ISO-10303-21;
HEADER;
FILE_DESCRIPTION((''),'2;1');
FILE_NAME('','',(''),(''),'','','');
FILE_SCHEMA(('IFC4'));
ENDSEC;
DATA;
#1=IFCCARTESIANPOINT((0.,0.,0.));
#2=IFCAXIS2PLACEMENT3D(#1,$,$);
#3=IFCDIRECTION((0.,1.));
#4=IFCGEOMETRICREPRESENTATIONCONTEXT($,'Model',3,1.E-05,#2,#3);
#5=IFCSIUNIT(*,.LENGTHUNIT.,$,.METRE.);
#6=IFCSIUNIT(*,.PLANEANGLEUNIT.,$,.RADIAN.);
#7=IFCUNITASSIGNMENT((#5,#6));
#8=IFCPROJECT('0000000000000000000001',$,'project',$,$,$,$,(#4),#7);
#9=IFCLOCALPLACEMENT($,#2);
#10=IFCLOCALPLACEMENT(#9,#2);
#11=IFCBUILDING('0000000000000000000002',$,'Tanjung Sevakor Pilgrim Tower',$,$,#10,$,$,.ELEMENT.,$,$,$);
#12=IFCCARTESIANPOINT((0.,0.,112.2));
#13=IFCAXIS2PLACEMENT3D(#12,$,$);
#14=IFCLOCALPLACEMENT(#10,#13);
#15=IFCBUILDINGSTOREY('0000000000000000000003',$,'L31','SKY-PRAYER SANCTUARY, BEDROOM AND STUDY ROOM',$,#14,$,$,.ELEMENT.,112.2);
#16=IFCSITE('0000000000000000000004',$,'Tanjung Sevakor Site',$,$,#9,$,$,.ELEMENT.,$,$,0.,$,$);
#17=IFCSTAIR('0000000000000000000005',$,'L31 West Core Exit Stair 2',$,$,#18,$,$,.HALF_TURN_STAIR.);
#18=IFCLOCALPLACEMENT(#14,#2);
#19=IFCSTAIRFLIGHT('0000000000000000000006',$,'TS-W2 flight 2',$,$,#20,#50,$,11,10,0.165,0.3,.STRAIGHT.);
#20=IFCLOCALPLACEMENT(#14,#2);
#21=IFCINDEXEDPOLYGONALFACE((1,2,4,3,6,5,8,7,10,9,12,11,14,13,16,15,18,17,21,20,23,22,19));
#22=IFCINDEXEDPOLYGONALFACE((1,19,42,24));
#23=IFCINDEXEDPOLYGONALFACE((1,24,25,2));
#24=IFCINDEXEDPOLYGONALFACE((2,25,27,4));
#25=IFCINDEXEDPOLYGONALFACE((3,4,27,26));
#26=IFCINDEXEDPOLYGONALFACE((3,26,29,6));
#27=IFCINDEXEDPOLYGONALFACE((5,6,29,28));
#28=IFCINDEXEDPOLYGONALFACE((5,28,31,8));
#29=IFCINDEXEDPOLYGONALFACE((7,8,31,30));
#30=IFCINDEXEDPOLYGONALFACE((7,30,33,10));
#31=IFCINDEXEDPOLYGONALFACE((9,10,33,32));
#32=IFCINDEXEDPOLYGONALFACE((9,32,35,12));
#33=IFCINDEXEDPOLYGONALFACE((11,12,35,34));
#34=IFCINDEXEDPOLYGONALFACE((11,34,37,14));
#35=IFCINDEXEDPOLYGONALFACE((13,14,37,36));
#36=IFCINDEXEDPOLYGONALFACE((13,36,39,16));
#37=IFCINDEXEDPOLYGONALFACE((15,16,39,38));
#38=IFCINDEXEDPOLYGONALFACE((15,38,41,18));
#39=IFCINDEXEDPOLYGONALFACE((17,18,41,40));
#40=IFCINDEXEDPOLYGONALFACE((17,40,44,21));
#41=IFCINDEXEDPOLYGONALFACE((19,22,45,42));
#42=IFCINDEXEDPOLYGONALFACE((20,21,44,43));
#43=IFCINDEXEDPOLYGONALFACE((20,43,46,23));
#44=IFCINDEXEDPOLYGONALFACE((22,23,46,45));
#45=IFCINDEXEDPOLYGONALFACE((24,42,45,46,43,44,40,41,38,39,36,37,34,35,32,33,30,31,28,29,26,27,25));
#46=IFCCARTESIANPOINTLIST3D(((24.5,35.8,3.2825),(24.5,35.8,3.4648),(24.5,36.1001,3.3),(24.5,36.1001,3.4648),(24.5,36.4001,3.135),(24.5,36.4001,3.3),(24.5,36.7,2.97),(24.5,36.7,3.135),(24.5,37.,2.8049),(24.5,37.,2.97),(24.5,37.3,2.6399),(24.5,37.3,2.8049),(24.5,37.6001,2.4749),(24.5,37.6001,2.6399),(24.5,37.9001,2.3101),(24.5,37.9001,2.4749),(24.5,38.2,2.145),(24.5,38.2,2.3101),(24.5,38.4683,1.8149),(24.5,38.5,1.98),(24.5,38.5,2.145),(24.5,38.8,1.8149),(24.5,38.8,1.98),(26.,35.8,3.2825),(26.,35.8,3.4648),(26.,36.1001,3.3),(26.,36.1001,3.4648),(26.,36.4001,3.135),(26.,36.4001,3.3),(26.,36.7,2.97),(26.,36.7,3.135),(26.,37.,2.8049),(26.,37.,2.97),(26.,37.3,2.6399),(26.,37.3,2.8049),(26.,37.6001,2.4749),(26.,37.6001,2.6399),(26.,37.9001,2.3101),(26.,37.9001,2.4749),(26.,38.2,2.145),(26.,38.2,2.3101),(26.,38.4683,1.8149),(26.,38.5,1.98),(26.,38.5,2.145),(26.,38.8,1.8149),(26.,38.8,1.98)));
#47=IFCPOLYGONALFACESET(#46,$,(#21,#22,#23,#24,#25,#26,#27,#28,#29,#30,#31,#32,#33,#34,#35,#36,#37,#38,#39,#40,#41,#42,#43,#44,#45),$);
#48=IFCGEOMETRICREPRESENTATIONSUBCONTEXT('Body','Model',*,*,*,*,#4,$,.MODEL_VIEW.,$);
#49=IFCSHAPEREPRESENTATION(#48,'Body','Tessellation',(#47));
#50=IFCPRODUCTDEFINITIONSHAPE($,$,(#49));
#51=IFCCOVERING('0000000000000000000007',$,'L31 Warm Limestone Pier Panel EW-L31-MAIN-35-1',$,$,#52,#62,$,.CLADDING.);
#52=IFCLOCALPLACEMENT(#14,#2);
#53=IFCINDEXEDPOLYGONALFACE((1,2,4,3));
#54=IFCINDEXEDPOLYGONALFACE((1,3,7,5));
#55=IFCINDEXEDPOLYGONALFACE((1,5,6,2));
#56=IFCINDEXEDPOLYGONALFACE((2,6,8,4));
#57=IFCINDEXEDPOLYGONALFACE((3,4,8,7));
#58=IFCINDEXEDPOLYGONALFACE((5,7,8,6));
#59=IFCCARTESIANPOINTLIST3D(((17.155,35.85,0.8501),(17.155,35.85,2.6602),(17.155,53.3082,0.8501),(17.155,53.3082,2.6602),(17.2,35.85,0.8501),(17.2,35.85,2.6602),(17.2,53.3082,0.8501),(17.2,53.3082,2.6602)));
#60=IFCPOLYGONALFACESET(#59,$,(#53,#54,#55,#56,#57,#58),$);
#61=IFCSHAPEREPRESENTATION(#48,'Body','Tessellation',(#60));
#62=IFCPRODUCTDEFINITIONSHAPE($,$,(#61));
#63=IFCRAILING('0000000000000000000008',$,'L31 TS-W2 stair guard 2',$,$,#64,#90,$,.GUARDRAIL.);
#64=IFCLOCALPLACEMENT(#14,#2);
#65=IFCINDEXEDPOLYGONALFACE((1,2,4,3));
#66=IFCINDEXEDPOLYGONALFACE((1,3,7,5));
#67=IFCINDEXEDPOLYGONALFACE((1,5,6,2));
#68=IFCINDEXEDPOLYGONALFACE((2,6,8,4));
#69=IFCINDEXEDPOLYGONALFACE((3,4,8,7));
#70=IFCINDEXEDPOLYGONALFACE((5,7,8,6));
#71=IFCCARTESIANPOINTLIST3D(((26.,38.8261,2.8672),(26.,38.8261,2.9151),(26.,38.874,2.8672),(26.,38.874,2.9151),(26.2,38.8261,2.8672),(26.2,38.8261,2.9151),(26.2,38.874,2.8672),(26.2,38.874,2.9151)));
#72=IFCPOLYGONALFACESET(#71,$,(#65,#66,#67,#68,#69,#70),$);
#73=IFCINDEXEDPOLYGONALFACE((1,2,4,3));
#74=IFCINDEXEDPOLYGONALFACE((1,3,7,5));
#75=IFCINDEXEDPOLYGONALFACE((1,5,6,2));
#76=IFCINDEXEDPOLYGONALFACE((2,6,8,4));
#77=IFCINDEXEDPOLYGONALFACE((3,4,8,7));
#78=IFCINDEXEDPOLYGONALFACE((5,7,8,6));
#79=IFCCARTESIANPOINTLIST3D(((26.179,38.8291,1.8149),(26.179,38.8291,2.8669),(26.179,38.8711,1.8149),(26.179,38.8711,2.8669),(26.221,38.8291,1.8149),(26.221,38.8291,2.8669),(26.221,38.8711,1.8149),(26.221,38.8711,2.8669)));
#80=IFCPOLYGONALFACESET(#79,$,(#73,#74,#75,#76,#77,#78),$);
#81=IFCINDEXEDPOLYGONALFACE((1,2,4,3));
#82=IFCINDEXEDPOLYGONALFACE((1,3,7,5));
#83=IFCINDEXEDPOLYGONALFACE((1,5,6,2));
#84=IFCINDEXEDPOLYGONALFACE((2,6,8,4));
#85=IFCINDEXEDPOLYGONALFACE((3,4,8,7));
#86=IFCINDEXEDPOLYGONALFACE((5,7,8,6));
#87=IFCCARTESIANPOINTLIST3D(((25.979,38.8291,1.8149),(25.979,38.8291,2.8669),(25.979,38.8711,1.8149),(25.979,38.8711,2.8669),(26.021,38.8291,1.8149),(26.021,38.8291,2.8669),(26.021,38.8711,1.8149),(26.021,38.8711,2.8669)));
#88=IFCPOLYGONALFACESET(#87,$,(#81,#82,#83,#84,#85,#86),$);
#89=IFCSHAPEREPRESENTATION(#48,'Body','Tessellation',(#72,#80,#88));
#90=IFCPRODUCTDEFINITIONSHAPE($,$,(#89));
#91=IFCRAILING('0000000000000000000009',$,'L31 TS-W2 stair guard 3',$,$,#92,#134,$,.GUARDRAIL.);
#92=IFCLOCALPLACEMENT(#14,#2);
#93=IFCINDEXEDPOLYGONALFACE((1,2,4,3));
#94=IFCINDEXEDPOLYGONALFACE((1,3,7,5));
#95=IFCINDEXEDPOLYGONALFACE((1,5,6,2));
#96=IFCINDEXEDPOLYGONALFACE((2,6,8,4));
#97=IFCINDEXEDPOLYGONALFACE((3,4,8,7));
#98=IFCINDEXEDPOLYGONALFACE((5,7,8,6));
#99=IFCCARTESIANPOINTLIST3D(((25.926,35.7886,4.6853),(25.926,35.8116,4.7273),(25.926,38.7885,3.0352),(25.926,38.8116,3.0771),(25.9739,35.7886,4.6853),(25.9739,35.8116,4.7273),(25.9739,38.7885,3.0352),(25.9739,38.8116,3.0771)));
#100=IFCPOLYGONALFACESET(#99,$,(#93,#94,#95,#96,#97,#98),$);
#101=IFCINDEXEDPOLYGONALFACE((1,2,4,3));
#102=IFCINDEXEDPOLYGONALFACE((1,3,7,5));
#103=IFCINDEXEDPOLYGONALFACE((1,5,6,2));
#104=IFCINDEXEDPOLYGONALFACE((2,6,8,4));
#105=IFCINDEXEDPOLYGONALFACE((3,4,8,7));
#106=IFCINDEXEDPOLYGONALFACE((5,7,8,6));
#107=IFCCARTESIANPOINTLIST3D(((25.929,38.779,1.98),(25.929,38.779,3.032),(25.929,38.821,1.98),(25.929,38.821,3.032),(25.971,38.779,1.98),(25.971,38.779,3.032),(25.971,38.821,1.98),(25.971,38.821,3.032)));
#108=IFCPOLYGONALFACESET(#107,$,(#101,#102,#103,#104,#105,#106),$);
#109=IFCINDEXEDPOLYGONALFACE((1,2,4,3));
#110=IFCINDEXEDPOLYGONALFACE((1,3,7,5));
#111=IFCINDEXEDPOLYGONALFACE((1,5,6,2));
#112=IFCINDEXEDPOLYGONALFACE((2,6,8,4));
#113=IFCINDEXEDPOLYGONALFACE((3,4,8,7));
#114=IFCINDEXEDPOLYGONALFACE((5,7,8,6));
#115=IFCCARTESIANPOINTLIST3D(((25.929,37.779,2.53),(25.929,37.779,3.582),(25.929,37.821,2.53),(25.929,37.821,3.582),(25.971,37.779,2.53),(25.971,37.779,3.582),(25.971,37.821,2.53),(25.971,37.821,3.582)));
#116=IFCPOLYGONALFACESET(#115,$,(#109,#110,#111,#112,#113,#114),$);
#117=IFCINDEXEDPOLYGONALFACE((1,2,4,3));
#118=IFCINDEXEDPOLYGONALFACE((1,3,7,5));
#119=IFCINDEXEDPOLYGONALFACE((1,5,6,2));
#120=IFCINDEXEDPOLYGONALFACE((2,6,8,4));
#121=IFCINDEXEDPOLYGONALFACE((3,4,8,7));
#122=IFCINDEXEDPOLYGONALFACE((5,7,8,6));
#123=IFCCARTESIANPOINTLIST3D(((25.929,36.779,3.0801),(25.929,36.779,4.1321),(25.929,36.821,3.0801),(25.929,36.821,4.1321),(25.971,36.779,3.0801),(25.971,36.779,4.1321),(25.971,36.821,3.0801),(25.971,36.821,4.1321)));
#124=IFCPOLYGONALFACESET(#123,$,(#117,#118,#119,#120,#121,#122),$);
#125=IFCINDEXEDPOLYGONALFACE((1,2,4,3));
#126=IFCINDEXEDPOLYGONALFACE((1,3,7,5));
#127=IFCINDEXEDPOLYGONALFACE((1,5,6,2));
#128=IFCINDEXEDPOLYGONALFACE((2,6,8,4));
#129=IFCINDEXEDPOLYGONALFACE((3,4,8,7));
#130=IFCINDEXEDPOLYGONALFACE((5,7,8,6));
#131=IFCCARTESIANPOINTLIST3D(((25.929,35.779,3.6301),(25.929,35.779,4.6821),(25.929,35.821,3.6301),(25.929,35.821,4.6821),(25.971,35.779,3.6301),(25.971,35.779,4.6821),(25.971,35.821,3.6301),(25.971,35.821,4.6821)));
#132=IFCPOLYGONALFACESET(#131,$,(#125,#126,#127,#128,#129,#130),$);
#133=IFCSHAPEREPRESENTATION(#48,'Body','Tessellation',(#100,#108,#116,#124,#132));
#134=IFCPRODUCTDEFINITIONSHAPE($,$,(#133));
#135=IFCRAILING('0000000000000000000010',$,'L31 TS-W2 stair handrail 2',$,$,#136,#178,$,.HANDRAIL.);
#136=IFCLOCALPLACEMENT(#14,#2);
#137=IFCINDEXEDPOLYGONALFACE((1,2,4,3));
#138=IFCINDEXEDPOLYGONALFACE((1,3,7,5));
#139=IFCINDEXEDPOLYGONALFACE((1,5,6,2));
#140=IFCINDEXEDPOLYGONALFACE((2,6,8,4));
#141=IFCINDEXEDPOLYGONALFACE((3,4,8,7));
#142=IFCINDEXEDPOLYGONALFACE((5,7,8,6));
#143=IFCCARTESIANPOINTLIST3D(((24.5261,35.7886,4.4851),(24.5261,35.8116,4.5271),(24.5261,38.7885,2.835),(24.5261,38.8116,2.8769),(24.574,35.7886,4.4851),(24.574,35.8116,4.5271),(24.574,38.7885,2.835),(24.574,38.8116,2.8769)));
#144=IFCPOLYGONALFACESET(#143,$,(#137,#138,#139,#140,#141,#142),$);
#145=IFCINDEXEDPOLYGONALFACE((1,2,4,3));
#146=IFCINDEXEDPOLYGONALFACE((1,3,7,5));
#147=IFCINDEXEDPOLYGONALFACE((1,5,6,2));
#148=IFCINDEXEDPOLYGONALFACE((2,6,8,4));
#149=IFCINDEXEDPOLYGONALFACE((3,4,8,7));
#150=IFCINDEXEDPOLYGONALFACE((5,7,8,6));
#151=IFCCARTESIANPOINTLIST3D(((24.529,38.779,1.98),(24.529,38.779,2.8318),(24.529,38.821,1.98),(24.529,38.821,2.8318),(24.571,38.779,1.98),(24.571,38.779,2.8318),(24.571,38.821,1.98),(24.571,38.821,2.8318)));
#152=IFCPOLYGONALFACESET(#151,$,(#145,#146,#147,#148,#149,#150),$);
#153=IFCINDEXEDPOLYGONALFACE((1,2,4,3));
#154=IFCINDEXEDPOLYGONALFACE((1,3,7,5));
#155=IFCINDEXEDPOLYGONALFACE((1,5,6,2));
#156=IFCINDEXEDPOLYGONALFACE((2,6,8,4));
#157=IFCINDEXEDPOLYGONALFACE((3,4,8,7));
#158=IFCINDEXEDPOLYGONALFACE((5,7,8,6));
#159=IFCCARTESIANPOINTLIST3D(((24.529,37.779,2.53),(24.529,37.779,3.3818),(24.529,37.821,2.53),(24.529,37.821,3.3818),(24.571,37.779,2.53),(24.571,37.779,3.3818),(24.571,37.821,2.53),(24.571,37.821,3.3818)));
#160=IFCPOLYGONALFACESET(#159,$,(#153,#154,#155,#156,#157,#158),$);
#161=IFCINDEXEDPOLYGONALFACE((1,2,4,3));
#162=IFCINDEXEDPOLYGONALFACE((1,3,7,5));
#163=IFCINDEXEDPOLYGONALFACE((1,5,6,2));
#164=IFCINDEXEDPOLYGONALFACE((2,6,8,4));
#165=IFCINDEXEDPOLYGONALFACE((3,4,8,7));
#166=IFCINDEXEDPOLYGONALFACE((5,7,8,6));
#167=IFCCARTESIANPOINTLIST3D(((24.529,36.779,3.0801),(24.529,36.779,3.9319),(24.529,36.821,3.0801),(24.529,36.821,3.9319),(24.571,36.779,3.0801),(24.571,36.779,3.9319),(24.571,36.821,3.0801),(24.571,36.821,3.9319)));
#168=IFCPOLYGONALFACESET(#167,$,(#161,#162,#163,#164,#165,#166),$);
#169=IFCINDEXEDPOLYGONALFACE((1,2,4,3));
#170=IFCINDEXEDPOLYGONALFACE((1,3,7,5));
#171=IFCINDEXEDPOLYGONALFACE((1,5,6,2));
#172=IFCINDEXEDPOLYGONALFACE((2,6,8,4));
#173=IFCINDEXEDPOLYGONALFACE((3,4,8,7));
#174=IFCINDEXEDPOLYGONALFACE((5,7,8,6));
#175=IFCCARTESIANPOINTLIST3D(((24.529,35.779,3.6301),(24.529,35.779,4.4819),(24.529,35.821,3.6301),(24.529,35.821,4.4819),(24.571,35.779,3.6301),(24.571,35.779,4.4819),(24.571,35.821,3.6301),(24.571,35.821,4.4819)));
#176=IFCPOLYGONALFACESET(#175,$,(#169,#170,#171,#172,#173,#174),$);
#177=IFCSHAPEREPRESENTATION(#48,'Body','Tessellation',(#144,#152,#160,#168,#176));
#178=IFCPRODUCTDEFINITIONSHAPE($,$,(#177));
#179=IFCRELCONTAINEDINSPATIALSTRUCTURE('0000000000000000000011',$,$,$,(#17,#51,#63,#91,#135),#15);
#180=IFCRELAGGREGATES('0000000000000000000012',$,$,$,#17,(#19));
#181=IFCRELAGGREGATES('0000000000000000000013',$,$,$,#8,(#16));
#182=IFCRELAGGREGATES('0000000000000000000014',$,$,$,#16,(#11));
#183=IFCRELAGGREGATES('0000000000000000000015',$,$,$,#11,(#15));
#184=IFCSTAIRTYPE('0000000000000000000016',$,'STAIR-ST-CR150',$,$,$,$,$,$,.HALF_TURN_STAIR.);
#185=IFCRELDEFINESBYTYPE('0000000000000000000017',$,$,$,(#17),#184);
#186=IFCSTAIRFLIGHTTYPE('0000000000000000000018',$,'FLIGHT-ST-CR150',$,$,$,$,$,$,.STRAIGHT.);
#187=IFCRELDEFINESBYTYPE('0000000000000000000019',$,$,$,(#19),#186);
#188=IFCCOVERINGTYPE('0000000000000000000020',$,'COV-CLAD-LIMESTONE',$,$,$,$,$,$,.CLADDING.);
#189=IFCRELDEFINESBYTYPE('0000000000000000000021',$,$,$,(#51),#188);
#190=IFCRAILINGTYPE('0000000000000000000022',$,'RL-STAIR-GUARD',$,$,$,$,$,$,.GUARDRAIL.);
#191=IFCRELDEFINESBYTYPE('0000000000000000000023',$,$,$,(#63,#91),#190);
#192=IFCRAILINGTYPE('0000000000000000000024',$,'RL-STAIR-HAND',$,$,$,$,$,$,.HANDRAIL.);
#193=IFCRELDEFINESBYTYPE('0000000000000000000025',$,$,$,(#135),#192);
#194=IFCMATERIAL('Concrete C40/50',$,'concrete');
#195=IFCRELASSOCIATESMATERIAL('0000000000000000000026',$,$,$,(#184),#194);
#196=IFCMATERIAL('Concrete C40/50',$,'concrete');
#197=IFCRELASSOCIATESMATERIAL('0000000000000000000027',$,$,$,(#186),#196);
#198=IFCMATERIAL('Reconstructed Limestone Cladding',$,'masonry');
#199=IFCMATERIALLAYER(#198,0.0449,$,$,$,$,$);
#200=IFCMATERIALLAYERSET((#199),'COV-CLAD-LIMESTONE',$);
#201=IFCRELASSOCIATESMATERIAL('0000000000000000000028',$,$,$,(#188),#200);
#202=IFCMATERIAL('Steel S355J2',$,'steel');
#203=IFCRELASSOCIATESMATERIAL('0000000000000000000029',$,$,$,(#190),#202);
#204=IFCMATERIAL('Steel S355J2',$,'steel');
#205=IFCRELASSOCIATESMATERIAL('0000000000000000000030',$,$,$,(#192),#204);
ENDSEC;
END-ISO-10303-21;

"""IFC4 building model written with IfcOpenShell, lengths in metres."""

from ifc_helpers import new_model, si_unit, direction, frame, origin, origin_2d, place, context, subcontext, project, spatial, polyline, rectangle, outline, extrude, material, layer, layer_set, type_object, element, aggregate, save


model = new_model("IFC4")

# Units and contexts
model_context = context("Model", 3, precision=1e-05, world=origin(), true_north=direction((0.0, 1.0)))
body_context = subcontext(model_context, "Body", "Model", "MODEL_VIEW")
ifc_project = project(units=[si_unit("LENGTHUNIT", "METRE"), si_unit("PLANEANGLEUNIT", "RADIAN")], contexts=[model_context])

# Site, building, storey
site_placement = place(None, origin())
site = spatial("IfcSite", under=ifc_project, at=site_placement, Name="Tanjung Sevakor Site", CompositionType="ELEMENT", RefElevation=0.0)
building_placement = place(site_placement, origin())
building = spatial("IfcBuilding", under=site, at=building_placement, Name="Tanjung Sevakor Pilgrim Tower", CompositionType="ELEMENT")
storey_placement = place(building_placement, frame((0.0, 0.0, 112.2)))
storey = spatial("IfcBuildingStorey", under=building, at=storey_placement, Name="L31", Description="SKY-PRAYER SANCTUARY, BEDROOM AND STUDY ROOM", CompositionType="ELEMENT", Elevation=112.2)

# Stair, stair flight
ifc_material_1 = material(Name="Concrete C40/50", Category="concrete")
stair_type = type_object("IfcStairType", Name="STAIR-ST-CR150", PredefinedType="HALF_TURN_STAIR", material=ifc_material_1)
stair_placement = place(storey_placement, origin())
stair = element("IfcStair", 1, at=stair_placement, inside=storey, type_object=stair_type, Name="L31 West Core Exit Stair 2", PredefinedType="HALF_TURN_STAIR")
ifc_material_2 = material(Name="Concrete C40/50", Category="concrete")
stair_flight_type = type_object("IfcStairFlightType", Name="FLIGHT-ST-CR150", PredefinedType="STRAIGHT", material=ifc_material_2)
stair_flight_placement = place(storey_placement, frame((25.25, 38.8, 1.8149), z_axis=(0.0, 0.0, 1.0), x_axis=(0.0, -1.0, 0.0)))
stair_flight = element("IfcStairFlight", 2, at=stair_flight_placement, type_object=stair_flight_type, Name="TS-W2 flight 2", NumberOfRisers=11, NumberOfTreads=10, PredefinedType="STRAIGHT", RiserHeight=0.165, TreadLength=0.3, context=body_context, shape_type="SweptSolid", body=[
    extrude(outline(polyline([(0.0, 0.0), (0.0, 0.165), (0.3, 0.165), (0.3, 0.3301), (0.6001, 0.3301), (0.6001, 0.4951), (0.8999, 0.4951), (0.8999, 0.6599), (1.2, 0.6599), (1.2, 0.825), (1.5, 0.825), (1.5, 0.99), (1.8, 0.99), (1.8, 1.155), (2.1001, 1.155), (2.1001, 1.3201), (2.3999, 1.3201), (2.3999, 1.4851), (2.7, 1.4851), (2.7, 1.6499), (3.0, 1.6499), (3.0, 1.8149), (3.0, 1.4675), (0.3318, 0.0), (0.0, 0.0)])), frame((0.0, 0.75, 0.0), z_axis=(0.0, -1.0, 0.0), x_axis=(1.0, 0.0, 0.0)), (0.0, 0.0, 1.0), 1.5),
])
aggregate(stair, [stair_flight])

# Covering
ifc_material_3 = material(Name="Reconstructed Limestone Cladding", Category="masonry")
ifc_layer_1 = layer(ifc_material_3, 0.0449)
ifc_layer_set_1 = layer_set([ifc_layer_1], Name="COV-CLAD-LIMESTONE")
covering_type = type_object("IfcCoveringType", Name="COV-CLAD-LIMESTONE", PredefinedType="CLADDING", material=ifc_layer_set_1)
covering_placement = place(storey_placement, frame((17.1775, 44.5791, 0.8501), z_axis=(0.0, 0.0, 1.0), x_axis=(0.0, -1.0, 0.0)))
element("IfcCovering", 3, at=covering_placement, inside=storey, type_object=covering_type, Name="L31 Warm Limestone Pier Panel EW-L31-MAIN-35-1", PredefinedType="CLADDING", context=body_context, shape_type="SweptSolid", body=[
    extrude(rectangle(XDim=17.4583, YDim=0.0449, at=origin_2d()), origin(), (0.0, 0.0, 1.0), 1.8101),
])

# Railings
ifc_material_4 = material(Name="Steel S355J2", Category="steel")
railing_type_1 = type_object("IfcRailingType", Name="RL-STAIR-GUARD", PredefinedType="GUARDRAIL", material=ifc_material_4)
railing_1_placement = place(storey_placement, frame((26.2, 38.8501, 1.8149)))
element("IfcRailing", 4, at=railing_1_placement, inside=storey, type_object=railing_type_1, Name="L31 TS-W2 stair guard 2", PredefinedType="GUARDRAIL", context=body_context, shape_type="SweptSolid", body=[
    extrude(rectangle(XDim=0.0479, YDim=0.0479), frame((0.0, 0.0, 1.0762), z_axis=(-1.0, 0.0, 0.0), x_axis=(0.0, -1.0, 0.0)), (0.0, 0.0, 1.0), 0.2),
    extrude(rectangle(XDim=0.042, YDim=0.042), origin(), (0.0, 0.0, 1.0), 1.052),
    extrude(rectangle(XDim=0.042, YDim=0.042), frame((-0.2, 0.0, 0.0)), (0.0, 0.0, 1.0), 1.052),
])
railing_2_placement = place(storey_placement, frame((25.95, 38.8, 1.98)))
element("IfcRailing", 5, at=railing_2_placement, inside=storey, type_object=railing_type_1, Name="L31 TS-W2 stair guard 3", PredefinedType="GUARDRAIL", context=body_context, shape_type="SweptSolid", body=[
    extrude(rectangle(XDim=0.0479, YDim=0.0479), frame((0.0, 0.0, 1.0762), z_axis=(0.0, -0.876198, 0.481952), x_axis=(1.0, 0.0, 0.0)), (0.0, 0.0, 1.0), 3.4238),
    extrude(rectangle(XDim=0.042, YDim=0.042), origin(), (0.0, 0.0, 1.0), 1.052),
    extrude(rectangle(XDim=0.042, YDim=0.042), frame((0.0, -1.0, 0.55)), (0.0, 0.0, 1.0), 1.052),
    extrude(rectangle(XDim=0.042, YDim=0.042), frame((0.0, -2.0, 1.1001)), (0.0, 0.0, 1.0), 1.052),
    extrude(rectangle(XDim=0.042, YDim=0.042), frame((0.0, -3.0, 1.6501)), (0.0, 0.0, 1.0), 1.052),
])
ifc_material_5 = material(Name="Steel S355J2", Category="steel")
railing_type_2 = type_object("IfcRailingType", Name="RL-STAIR-HAND", PredefinedType="HANDRAIL", material=ifc_material_5)
railing_3_placement = place(storey_placement, frame((24.55, 38.8, 1.98)))
element("IfcRailing", 6, at=railing_3_placement, inside=storey, type_object=railing_type_2, Name="L31 TS-W2 stair handrail 2", PredefinedType="HANDRAIL", context=body_context, shape_type="SweptSolid", body=[
    extrude(rectangle(XDim=0.0479, YDim=0.0479), frame((0.0, 0.0, 0.876), z_axis=(0.0, -0.876198, 0.481952), x_axis=(1.0, 0.0, 0.0)), (0.0, 0.0, 1.0), 3.4238),
    extrude(rectangle(XDim=0.042, YDim=0.042), origin(), (0.0, 0.0, 1.0), 0.8518),
    extrude(rectangle(XDim=0.042, YDim=0.042), frame((0.0, -1.0, 0.55)), (0.0, 0.0, 1.0), 0.8518),
    extrude(rectangle(XDim=0.042, YDim=0.042), frame((0.0, -2.0, 1.1001)), (0.0, 0.0, 1.0), 0.8518),
    extrude(rectangle(XDim=0.042, YDim=0.042), frame((0.0, -3.0, 1.6501)), (0.0, 0.0, 1.0), 0.8518),
])

save(model, "model.ifc")
